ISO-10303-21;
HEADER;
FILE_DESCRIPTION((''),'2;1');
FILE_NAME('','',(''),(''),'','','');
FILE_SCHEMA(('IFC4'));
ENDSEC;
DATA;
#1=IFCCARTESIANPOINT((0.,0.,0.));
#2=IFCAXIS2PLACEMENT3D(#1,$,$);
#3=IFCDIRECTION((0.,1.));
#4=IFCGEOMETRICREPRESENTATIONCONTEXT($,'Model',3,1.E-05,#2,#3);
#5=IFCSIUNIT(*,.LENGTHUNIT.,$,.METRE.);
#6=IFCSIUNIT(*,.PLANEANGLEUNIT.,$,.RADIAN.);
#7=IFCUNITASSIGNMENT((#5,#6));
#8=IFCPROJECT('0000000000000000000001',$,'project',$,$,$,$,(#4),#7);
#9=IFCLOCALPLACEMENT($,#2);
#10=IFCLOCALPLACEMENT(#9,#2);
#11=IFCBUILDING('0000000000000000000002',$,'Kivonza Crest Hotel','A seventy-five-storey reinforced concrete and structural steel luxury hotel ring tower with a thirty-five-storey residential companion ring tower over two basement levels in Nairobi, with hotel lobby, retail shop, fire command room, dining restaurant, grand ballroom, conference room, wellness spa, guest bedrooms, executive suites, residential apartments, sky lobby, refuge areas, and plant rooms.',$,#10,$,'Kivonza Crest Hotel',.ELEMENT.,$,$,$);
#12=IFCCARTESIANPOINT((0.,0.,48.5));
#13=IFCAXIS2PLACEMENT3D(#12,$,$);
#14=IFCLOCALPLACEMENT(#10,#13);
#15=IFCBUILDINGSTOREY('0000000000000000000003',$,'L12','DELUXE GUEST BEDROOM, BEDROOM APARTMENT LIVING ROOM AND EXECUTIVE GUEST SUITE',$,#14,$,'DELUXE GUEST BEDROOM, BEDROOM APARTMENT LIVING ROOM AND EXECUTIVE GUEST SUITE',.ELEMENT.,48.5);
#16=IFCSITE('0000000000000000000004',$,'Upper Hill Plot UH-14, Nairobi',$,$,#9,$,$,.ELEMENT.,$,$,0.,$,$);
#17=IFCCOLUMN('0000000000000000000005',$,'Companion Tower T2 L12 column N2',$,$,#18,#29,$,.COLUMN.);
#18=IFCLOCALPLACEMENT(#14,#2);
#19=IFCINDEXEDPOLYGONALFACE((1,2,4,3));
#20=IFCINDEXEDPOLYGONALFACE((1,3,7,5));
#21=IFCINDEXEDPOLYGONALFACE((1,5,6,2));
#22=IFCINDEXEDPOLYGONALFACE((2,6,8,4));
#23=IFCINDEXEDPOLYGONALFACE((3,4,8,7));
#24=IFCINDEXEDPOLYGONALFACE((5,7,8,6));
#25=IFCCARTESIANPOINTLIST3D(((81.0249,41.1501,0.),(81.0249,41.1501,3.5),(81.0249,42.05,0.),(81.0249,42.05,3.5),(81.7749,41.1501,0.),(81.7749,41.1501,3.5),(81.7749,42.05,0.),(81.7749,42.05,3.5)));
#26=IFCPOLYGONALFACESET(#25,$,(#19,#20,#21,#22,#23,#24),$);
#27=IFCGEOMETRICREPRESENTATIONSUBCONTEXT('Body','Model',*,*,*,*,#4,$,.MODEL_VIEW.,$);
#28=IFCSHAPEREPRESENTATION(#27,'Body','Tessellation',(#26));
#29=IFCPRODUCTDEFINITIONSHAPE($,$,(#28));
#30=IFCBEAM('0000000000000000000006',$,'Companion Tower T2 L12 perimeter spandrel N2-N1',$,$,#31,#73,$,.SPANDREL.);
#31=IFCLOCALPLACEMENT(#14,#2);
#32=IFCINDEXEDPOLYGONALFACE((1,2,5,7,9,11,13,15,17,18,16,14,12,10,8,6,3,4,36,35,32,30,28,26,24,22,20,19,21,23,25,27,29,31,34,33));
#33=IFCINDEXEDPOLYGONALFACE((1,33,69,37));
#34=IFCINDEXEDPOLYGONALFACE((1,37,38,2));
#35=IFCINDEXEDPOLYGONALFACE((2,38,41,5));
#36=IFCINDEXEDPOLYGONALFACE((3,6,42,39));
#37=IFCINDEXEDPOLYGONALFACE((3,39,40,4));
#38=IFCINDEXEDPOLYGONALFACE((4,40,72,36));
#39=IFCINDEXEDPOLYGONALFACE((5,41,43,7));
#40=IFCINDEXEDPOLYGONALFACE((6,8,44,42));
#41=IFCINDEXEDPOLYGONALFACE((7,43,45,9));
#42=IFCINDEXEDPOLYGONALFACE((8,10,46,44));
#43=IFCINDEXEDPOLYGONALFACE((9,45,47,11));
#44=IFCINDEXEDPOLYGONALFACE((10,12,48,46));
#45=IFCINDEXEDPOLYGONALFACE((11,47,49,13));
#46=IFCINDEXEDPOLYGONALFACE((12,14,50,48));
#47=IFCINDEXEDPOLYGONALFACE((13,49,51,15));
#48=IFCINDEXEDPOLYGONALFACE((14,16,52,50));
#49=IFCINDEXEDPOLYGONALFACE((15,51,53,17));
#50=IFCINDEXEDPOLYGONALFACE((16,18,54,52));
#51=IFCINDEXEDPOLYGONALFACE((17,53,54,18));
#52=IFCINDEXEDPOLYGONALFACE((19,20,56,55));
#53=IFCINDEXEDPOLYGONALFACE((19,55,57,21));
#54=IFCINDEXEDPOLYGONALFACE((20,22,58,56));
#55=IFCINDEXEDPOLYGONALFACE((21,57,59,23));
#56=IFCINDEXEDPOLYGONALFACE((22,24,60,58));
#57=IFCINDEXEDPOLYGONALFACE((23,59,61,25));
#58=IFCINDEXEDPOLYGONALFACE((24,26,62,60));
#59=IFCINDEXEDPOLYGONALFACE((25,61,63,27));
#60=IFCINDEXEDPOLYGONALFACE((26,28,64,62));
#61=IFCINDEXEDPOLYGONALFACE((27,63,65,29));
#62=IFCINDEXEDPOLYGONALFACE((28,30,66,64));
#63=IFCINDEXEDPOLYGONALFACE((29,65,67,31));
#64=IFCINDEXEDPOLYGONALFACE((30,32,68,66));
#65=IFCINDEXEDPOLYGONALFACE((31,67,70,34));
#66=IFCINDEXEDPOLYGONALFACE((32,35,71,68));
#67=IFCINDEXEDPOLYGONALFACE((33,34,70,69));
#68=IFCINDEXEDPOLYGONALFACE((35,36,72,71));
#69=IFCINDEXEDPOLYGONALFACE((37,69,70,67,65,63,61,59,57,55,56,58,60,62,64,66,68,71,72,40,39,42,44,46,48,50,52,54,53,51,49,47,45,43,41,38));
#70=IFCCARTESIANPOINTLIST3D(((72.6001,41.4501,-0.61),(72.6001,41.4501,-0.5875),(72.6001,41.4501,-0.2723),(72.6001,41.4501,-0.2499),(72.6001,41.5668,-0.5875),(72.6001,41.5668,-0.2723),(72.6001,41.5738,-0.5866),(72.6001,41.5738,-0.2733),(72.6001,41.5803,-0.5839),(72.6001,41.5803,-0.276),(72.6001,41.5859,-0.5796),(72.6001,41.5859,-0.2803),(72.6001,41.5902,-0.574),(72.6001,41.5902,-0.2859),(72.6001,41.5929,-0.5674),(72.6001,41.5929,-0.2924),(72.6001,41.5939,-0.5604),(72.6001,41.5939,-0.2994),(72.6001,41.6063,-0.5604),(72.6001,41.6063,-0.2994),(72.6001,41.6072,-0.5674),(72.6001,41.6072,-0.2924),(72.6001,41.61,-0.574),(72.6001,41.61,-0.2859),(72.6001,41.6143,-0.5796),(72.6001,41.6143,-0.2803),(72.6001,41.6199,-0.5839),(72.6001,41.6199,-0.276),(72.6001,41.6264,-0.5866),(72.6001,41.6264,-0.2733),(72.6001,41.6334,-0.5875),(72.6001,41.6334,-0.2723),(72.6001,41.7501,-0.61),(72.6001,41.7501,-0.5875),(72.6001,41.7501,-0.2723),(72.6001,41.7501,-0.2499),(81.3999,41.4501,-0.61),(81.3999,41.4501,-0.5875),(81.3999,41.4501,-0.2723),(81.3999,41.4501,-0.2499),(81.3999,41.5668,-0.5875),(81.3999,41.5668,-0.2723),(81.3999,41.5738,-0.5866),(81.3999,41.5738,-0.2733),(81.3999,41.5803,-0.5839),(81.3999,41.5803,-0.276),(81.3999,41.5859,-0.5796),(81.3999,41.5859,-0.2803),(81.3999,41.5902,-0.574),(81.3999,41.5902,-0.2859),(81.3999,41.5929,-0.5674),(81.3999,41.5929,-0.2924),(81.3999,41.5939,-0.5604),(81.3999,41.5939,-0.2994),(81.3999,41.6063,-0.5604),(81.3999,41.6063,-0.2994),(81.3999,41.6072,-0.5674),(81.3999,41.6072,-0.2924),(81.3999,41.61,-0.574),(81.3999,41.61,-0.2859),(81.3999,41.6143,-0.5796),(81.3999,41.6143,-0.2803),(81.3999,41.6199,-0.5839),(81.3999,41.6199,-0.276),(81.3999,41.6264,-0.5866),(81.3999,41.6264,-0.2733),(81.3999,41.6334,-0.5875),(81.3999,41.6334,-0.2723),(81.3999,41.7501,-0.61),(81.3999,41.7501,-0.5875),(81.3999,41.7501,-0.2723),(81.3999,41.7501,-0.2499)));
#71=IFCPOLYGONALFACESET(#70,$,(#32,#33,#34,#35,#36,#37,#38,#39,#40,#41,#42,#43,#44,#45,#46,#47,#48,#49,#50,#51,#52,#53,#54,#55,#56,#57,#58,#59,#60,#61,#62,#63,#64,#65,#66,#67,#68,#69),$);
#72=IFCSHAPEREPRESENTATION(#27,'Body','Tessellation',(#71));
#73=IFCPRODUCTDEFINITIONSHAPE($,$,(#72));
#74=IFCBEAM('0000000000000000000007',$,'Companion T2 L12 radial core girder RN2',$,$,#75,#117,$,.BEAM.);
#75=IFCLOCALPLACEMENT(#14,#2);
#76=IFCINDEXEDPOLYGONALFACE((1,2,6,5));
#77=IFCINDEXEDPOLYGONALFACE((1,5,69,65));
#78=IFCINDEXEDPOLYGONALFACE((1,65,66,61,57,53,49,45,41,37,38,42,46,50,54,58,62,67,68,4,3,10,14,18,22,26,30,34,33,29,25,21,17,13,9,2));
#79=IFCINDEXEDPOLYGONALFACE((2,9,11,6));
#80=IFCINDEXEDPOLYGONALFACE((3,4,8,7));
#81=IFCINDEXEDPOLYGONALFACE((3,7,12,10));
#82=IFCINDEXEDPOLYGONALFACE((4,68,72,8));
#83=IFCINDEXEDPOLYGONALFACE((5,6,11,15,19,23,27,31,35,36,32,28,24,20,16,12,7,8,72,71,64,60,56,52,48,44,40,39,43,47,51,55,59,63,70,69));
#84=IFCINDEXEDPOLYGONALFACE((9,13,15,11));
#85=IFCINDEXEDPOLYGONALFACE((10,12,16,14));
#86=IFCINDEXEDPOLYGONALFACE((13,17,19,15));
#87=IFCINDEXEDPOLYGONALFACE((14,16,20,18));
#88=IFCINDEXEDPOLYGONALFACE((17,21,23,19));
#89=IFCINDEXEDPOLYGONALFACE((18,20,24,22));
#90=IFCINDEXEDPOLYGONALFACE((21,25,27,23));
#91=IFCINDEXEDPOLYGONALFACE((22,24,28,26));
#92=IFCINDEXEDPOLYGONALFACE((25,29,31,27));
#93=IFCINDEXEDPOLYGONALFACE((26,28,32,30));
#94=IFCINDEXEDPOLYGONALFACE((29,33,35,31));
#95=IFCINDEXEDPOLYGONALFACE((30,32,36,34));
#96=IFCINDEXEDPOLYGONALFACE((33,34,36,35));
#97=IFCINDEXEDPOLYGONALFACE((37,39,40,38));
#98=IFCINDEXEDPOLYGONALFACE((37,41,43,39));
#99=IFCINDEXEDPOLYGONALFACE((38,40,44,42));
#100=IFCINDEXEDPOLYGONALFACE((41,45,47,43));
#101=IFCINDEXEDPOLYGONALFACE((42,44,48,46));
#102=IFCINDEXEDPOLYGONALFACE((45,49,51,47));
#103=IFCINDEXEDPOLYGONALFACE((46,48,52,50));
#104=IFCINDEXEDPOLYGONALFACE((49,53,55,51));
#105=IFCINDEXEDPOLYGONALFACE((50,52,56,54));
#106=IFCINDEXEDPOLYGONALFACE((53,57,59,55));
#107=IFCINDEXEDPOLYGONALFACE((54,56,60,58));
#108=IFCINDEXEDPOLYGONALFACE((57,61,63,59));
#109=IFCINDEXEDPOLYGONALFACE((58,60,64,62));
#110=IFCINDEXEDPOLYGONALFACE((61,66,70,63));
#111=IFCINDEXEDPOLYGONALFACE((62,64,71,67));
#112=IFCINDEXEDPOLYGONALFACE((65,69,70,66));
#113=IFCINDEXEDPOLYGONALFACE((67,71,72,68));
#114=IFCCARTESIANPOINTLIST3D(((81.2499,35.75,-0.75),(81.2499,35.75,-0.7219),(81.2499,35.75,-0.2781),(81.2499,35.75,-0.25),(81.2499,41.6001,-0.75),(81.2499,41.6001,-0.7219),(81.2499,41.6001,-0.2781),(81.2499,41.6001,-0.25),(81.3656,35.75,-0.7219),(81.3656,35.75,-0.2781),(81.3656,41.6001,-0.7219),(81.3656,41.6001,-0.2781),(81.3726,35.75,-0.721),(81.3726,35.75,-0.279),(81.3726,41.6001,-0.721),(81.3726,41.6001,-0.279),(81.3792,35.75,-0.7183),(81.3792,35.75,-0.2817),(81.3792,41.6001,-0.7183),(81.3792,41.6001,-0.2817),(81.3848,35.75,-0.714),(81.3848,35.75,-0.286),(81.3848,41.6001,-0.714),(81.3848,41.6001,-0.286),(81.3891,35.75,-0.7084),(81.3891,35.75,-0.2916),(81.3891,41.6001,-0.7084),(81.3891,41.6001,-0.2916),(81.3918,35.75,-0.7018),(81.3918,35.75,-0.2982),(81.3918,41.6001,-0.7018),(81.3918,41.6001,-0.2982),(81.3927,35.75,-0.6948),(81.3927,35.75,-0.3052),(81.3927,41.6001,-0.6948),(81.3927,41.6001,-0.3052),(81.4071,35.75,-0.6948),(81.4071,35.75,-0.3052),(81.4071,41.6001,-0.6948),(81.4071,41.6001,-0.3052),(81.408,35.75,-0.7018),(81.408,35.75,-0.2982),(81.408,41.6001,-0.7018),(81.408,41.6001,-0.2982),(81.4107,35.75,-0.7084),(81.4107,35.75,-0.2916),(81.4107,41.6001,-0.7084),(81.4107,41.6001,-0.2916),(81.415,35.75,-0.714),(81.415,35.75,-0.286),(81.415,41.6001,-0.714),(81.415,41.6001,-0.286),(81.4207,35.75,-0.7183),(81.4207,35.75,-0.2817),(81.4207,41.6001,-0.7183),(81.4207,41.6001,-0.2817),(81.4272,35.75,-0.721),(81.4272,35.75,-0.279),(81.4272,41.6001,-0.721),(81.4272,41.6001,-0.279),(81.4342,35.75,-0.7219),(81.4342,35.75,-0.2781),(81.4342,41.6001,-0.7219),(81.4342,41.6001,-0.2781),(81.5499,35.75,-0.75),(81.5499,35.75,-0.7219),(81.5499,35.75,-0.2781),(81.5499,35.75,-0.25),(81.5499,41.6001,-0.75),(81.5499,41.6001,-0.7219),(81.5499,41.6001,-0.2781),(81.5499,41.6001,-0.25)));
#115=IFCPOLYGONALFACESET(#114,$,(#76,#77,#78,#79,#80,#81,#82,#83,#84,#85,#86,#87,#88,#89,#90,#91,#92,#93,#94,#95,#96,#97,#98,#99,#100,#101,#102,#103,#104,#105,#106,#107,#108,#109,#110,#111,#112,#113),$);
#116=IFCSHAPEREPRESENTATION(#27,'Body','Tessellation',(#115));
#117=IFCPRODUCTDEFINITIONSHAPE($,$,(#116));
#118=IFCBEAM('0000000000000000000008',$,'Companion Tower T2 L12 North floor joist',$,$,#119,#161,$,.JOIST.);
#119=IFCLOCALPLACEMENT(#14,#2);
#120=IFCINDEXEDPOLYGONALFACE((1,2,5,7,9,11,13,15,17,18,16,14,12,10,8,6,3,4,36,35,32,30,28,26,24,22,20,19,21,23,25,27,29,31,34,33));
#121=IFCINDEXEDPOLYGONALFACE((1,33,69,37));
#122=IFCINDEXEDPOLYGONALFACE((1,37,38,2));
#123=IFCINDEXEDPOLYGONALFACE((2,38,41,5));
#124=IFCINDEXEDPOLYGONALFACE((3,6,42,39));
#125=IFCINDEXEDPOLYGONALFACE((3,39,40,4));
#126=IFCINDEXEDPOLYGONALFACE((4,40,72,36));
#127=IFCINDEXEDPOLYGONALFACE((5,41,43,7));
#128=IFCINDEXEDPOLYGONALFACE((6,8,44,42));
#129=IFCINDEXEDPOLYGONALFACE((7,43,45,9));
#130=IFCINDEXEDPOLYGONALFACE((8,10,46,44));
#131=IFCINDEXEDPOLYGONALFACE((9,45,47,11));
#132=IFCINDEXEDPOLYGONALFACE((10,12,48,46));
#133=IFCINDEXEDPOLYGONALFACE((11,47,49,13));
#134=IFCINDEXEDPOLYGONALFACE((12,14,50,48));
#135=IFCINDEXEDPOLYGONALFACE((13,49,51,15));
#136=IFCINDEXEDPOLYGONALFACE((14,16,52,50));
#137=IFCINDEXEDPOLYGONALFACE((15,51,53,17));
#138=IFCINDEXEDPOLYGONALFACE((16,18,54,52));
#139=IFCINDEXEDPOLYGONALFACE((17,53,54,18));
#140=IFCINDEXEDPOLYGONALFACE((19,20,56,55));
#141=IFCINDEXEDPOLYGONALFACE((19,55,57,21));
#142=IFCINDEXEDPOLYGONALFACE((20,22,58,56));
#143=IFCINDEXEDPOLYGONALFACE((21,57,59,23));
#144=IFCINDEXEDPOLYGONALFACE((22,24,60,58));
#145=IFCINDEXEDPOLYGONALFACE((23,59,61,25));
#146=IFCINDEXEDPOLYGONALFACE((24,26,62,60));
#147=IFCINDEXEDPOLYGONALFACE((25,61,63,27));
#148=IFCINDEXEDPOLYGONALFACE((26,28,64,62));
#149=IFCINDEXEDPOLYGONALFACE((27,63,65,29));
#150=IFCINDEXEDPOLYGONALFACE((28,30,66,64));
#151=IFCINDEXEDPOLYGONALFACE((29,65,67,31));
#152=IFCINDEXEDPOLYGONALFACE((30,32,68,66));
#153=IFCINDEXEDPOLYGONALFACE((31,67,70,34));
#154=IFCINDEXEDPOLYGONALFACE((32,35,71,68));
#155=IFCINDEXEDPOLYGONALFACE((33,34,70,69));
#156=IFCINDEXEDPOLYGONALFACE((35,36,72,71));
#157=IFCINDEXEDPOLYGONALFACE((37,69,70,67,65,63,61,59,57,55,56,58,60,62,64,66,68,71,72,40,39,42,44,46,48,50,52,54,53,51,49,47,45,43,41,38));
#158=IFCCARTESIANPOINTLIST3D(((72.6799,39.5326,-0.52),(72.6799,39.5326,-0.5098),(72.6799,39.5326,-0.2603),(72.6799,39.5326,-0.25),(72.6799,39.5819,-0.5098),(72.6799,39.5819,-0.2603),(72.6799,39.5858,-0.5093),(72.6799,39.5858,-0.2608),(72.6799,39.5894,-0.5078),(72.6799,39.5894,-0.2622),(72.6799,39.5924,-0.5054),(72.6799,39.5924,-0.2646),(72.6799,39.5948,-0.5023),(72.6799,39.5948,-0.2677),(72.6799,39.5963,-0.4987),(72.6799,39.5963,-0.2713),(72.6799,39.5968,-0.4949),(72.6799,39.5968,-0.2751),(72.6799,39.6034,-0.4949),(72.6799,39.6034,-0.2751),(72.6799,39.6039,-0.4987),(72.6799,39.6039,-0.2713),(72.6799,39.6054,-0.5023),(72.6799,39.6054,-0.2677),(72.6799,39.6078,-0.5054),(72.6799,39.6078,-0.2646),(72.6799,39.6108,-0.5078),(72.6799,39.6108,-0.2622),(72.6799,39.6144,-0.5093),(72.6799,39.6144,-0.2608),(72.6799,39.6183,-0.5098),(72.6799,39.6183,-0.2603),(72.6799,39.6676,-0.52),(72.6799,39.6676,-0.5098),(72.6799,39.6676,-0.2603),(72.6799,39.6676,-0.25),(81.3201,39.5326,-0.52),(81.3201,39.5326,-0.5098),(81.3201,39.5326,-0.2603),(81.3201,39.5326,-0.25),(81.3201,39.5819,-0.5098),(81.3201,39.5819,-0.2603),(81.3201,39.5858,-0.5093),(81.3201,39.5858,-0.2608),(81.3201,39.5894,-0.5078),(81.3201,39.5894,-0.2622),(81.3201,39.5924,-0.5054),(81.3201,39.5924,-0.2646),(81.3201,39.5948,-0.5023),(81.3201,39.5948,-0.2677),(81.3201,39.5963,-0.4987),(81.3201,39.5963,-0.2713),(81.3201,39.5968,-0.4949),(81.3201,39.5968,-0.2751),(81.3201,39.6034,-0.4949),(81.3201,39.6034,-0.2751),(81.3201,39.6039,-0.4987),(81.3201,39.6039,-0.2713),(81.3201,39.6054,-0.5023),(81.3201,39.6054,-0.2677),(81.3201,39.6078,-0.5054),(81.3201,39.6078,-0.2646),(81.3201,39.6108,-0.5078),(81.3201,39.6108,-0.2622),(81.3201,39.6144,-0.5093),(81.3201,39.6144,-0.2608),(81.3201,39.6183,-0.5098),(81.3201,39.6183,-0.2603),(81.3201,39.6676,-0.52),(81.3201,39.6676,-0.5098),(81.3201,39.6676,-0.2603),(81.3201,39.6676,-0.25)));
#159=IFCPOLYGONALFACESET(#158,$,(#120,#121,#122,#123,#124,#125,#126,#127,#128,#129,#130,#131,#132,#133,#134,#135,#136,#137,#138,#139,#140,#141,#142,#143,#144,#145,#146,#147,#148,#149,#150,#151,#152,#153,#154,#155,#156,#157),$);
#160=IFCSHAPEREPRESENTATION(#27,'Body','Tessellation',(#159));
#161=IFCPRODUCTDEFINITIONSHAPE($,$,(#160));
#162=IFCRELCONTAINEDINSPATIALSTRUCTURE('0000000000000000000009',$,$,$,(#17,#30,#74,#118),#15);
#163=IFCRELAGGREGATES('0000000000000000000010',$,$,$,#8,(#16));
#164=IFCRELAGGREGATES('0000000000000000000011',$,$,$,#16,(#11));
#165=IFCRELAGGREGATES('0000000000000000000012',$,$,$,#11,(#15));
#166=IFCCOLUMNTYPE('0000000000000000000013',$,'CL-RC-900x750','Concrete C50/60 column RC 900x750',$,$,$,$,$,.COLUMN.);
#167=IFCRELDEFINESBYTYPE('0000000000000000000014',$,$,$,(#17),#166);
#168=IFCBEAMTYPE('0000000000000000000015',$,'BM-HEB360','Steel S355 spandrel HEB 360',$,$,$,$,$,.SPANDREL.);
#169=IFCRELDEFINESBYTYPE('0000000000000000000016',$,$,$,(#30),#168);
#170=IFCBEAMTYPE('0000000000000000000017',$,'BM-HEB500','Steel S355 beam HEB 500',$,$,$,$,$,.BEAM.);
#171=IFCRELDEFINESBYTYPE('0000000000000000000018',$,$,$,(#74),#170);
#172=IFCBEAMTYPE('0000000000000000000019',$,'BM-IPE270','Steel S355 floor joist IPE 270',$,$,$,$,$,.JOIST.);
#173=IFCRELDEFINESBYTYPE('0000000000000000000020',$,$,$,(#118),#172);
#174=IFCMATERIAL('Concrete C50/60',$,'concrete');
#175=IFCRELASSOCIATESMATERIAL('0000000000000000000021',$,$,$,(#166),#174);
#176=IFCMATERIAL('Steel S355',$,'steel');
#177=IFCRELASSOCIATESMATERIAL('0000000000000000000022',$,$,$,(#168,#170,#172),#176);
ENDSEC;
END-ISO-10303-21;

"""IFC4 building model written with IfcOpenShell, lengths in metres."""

from ifc_helpers import new_model, si_unit, direction, frame, origin, origin_2d, place, context, subcontext, project, spatial, rectangle, i_section, extrude, material, material_profile, profile_set, type_object, element, save


model = new_model("IFC4")

# Units and contexts
model_context = context("Model", 3, precision=1e-05, world=origin(), true_north=direction((0.0, 1.0)))
body_context = subcontext(model_context, "Body", "Model", "MODEL_VIEW")
ifc_project = project(units=[si_unit("LENGTHUNIT", "METRE"), si_unit("PLANEANGLEUNIT", "RADIAN")], contexts=[model_context])

# Site, building, storey
site_placement = place(None, origin())
site = spatial("IfcSite", under=ifc_project, at=site_placement, Name="Upper Hill Plot UH-14, Nairobi", CompositionType="ELEMENT", RefElevation=0.0)
building_placement = place(site_placement, origin())
building = spatial("IfcBuilding", under=site, at=building_placement, Name="Kivonza Crest Hotel", Description="A seventy-five-storey reinforced concrete and structural steel luxury hotel ring tower with a thirty-five-storey residential companion ring tower over two basement levels in Nairobi, with hotel lobby, retail shop, fire command room, dining restaurant, grand ballroom, conference room, wellness spa, guest bedrooms, executive suites, residential apartments, sky lobby, refuge areas, and plant rooms.", LongName="Kivonza Crest Hotel", CompositionType="ELEMENT")
storey_placement = place(building_placement, frame((0.0, 0.0, 48.5)))
storey = spatial("IfcBuildingStorey", under=building, at=storey_placement, Name="L12", Description="DELUXE GUEST BEDROOM, BEDROOM APARTMENT LIVING ROOM AND EXECUTIVE GUEST SUITE", LongName="DELUXE GUEST BEDROOM, BEDROOM APARTMENT LIVING ROOM AND EXECUTIVE GUEST SUITE", CompositionType="ELEMENT", Elevation=48.5)

# Column
ifc_material_1 = material(Name="Concrete C50/60", Category="concrete")
ifc_material_profile_1 = material_profile(ifc_material_1, rectangle(XDim=0.75, YDim=0.8999, at=origin_2d()), Name="RC 900x750")
ifc_profile_set_1 = profile_set([ifc_material_profile_1], Name="Concrete C50/60")
column_type = type_object("IfcColumnType", Name="CL-RC-900x750", Description="Concrete C50/60 column RC 900x750", PredefinedType="COLUMN", material=ifc_profile_set_1)
column_placement = place(storey_placement, frame((81.3999, 41.6001, 0.0), z_axis=(0.0, 0.0, 1.0), x_axis=(1.0, 0.0, 0.0)))
element("IfcColumn", 1, at=column_placement, inside=storey, type_object=column_type, Name="Companion Tower T2 L12 column N2", PredefinedType="COLUMN", context=body_context, shape_type="SweptSolid", body=[
    extrude(rectangle(XDim=0.75, YDim=0.8999, at=origin_2d()), origin(), (0.0, 0.0, 1.0), 3.5),
])

# Beams
ifc_material_2 = material(Name="Steel S355", Category="steel")
ifc_material_profile_2 = material_profile(ifc_material_2, i_section(OverallWidth=0.3, OverallDepth=0.3601, WebThickness=0.0125, FlangeThickness=0.0225, FilletRadius=0.0271, at=origin_2d()), Name="HEB 360")
ifc_profile_set_2 = profile_set([ifc_material_profile_2], Name="Steel S355")
beam_type_1 = type_object("IfcBeamType", Name="BM-HEB360", Description="Steel S355 spandrel HEB 360", PredefinedType="SPANDREL", material=ifc_profile_set_2)
beam_1_placement = place(storey_placement, frame((81.3999, 41.6001, -0.4299), z_axis=(-1.0, 0.0, 0.0), x_axis=(0.0, -1.0, 0.0)))
element("IfcBeam", 2, at=beam_1_placement, inside=storey, type_object=beam_type_1, Name="Companion Tower T2 L12 perimeter spandrel N2-N1", PredefinedType="SPANDREL", context=body_context, shape_type="SweptSolid", body=[
    extrude(i_section(OverallWidth=0.3, OverallDepth=0.3601, WebThickness=0.0125, FlangeThickness=0.0225, FilletRadius=0.0271, at=origin_2d()), origin(), (0.0, 0.0, 1.0), 8.7998),
])
ifc_material_profile_3 = material_profile(ifc_material_2, i_section(OverallWidth=0.3, OverallDepth=0.5, WebThickness=0.0144, FlangeThickness=0.0281, FilletRadius=0.0271, at=origin_2d()), Name="HEB 500")
ifc_profile_set_3 = profile_set([ifc_material_profile_3], Name="Steel S355")
beam_type_2 = type_object("IfcBeamType", Name="BM-HEB500", Description="Steel S355 beam HEB 500", PredefinedType="BEAM", material=ifc_profile_set_3)
beam_2_placement = place(storey_placement, frame((81.3999, 41.6001, -0.5), z_axis=(0.0, -1.0, 0.0), x_axis=(1.0, 0.0, 0.0)))
element("IfcBeam", 3, at=beam_2_placement, inside=storey, type_object=beam_type_2, Name="Companion T2 L12 radial core girder RN2", PredefinedType="BEAM", context=body_context, shape_type="SweptSolid", body=[
    extrude(i_section(OverallWidth=0.3, OverallDepth=0.5, WebThickness=0.0144, FlangeThickness=0.0281, FilletRadius=0.0271, at=origin_2d()), origin(), (0.0, 0.0, 1.0), 5.8501),
])
ifc_material_profile_4 = material_profile(ifc_material_2, i_section(OverallWidth=0.135, OverallDepth=0.27, WebThickness=0.0066, FlangeThickness=0.0103, FilletRadius=0.0149, at=origin_2d()), Name="IPE 270")
ifc_profile_set_4 = profile_set([ifc_material_profile_4], Name="Steel S355")
beam_type_3 = type_object("IfcBeamType", Name="BM-IPE270", Description="Steel S355 floor joist IPE 270", PredefinedType="JOIST", material=ifc_profile_set_4)
beam_3_placement = place(storey_placement, frame((72.6799, 39.6001, -0.385), z_axis=(1.0, 0.0, 0.0), x_axis=(0.0, 1.0, 0.0)))
element("IfcBeam", 4, at=beam_3_placement, inside=storey, type_object=beam_type_3, Name="Companion Tower T2 L12 North floor joist", PredefinedType="JOIST", context=body_context, shape_type="SweptSolid", body=[
    extrude(i_section(OverallWidth=0.135, OverallDepth=0.27, WebThickness=0.0066, FlangeThickness=0.0103, FilletRadius=0.0149, at=origin_2d()), origin(), (0.0, 0.0, 1.0), 8.6401),
])

save(model, "model.ifc")
